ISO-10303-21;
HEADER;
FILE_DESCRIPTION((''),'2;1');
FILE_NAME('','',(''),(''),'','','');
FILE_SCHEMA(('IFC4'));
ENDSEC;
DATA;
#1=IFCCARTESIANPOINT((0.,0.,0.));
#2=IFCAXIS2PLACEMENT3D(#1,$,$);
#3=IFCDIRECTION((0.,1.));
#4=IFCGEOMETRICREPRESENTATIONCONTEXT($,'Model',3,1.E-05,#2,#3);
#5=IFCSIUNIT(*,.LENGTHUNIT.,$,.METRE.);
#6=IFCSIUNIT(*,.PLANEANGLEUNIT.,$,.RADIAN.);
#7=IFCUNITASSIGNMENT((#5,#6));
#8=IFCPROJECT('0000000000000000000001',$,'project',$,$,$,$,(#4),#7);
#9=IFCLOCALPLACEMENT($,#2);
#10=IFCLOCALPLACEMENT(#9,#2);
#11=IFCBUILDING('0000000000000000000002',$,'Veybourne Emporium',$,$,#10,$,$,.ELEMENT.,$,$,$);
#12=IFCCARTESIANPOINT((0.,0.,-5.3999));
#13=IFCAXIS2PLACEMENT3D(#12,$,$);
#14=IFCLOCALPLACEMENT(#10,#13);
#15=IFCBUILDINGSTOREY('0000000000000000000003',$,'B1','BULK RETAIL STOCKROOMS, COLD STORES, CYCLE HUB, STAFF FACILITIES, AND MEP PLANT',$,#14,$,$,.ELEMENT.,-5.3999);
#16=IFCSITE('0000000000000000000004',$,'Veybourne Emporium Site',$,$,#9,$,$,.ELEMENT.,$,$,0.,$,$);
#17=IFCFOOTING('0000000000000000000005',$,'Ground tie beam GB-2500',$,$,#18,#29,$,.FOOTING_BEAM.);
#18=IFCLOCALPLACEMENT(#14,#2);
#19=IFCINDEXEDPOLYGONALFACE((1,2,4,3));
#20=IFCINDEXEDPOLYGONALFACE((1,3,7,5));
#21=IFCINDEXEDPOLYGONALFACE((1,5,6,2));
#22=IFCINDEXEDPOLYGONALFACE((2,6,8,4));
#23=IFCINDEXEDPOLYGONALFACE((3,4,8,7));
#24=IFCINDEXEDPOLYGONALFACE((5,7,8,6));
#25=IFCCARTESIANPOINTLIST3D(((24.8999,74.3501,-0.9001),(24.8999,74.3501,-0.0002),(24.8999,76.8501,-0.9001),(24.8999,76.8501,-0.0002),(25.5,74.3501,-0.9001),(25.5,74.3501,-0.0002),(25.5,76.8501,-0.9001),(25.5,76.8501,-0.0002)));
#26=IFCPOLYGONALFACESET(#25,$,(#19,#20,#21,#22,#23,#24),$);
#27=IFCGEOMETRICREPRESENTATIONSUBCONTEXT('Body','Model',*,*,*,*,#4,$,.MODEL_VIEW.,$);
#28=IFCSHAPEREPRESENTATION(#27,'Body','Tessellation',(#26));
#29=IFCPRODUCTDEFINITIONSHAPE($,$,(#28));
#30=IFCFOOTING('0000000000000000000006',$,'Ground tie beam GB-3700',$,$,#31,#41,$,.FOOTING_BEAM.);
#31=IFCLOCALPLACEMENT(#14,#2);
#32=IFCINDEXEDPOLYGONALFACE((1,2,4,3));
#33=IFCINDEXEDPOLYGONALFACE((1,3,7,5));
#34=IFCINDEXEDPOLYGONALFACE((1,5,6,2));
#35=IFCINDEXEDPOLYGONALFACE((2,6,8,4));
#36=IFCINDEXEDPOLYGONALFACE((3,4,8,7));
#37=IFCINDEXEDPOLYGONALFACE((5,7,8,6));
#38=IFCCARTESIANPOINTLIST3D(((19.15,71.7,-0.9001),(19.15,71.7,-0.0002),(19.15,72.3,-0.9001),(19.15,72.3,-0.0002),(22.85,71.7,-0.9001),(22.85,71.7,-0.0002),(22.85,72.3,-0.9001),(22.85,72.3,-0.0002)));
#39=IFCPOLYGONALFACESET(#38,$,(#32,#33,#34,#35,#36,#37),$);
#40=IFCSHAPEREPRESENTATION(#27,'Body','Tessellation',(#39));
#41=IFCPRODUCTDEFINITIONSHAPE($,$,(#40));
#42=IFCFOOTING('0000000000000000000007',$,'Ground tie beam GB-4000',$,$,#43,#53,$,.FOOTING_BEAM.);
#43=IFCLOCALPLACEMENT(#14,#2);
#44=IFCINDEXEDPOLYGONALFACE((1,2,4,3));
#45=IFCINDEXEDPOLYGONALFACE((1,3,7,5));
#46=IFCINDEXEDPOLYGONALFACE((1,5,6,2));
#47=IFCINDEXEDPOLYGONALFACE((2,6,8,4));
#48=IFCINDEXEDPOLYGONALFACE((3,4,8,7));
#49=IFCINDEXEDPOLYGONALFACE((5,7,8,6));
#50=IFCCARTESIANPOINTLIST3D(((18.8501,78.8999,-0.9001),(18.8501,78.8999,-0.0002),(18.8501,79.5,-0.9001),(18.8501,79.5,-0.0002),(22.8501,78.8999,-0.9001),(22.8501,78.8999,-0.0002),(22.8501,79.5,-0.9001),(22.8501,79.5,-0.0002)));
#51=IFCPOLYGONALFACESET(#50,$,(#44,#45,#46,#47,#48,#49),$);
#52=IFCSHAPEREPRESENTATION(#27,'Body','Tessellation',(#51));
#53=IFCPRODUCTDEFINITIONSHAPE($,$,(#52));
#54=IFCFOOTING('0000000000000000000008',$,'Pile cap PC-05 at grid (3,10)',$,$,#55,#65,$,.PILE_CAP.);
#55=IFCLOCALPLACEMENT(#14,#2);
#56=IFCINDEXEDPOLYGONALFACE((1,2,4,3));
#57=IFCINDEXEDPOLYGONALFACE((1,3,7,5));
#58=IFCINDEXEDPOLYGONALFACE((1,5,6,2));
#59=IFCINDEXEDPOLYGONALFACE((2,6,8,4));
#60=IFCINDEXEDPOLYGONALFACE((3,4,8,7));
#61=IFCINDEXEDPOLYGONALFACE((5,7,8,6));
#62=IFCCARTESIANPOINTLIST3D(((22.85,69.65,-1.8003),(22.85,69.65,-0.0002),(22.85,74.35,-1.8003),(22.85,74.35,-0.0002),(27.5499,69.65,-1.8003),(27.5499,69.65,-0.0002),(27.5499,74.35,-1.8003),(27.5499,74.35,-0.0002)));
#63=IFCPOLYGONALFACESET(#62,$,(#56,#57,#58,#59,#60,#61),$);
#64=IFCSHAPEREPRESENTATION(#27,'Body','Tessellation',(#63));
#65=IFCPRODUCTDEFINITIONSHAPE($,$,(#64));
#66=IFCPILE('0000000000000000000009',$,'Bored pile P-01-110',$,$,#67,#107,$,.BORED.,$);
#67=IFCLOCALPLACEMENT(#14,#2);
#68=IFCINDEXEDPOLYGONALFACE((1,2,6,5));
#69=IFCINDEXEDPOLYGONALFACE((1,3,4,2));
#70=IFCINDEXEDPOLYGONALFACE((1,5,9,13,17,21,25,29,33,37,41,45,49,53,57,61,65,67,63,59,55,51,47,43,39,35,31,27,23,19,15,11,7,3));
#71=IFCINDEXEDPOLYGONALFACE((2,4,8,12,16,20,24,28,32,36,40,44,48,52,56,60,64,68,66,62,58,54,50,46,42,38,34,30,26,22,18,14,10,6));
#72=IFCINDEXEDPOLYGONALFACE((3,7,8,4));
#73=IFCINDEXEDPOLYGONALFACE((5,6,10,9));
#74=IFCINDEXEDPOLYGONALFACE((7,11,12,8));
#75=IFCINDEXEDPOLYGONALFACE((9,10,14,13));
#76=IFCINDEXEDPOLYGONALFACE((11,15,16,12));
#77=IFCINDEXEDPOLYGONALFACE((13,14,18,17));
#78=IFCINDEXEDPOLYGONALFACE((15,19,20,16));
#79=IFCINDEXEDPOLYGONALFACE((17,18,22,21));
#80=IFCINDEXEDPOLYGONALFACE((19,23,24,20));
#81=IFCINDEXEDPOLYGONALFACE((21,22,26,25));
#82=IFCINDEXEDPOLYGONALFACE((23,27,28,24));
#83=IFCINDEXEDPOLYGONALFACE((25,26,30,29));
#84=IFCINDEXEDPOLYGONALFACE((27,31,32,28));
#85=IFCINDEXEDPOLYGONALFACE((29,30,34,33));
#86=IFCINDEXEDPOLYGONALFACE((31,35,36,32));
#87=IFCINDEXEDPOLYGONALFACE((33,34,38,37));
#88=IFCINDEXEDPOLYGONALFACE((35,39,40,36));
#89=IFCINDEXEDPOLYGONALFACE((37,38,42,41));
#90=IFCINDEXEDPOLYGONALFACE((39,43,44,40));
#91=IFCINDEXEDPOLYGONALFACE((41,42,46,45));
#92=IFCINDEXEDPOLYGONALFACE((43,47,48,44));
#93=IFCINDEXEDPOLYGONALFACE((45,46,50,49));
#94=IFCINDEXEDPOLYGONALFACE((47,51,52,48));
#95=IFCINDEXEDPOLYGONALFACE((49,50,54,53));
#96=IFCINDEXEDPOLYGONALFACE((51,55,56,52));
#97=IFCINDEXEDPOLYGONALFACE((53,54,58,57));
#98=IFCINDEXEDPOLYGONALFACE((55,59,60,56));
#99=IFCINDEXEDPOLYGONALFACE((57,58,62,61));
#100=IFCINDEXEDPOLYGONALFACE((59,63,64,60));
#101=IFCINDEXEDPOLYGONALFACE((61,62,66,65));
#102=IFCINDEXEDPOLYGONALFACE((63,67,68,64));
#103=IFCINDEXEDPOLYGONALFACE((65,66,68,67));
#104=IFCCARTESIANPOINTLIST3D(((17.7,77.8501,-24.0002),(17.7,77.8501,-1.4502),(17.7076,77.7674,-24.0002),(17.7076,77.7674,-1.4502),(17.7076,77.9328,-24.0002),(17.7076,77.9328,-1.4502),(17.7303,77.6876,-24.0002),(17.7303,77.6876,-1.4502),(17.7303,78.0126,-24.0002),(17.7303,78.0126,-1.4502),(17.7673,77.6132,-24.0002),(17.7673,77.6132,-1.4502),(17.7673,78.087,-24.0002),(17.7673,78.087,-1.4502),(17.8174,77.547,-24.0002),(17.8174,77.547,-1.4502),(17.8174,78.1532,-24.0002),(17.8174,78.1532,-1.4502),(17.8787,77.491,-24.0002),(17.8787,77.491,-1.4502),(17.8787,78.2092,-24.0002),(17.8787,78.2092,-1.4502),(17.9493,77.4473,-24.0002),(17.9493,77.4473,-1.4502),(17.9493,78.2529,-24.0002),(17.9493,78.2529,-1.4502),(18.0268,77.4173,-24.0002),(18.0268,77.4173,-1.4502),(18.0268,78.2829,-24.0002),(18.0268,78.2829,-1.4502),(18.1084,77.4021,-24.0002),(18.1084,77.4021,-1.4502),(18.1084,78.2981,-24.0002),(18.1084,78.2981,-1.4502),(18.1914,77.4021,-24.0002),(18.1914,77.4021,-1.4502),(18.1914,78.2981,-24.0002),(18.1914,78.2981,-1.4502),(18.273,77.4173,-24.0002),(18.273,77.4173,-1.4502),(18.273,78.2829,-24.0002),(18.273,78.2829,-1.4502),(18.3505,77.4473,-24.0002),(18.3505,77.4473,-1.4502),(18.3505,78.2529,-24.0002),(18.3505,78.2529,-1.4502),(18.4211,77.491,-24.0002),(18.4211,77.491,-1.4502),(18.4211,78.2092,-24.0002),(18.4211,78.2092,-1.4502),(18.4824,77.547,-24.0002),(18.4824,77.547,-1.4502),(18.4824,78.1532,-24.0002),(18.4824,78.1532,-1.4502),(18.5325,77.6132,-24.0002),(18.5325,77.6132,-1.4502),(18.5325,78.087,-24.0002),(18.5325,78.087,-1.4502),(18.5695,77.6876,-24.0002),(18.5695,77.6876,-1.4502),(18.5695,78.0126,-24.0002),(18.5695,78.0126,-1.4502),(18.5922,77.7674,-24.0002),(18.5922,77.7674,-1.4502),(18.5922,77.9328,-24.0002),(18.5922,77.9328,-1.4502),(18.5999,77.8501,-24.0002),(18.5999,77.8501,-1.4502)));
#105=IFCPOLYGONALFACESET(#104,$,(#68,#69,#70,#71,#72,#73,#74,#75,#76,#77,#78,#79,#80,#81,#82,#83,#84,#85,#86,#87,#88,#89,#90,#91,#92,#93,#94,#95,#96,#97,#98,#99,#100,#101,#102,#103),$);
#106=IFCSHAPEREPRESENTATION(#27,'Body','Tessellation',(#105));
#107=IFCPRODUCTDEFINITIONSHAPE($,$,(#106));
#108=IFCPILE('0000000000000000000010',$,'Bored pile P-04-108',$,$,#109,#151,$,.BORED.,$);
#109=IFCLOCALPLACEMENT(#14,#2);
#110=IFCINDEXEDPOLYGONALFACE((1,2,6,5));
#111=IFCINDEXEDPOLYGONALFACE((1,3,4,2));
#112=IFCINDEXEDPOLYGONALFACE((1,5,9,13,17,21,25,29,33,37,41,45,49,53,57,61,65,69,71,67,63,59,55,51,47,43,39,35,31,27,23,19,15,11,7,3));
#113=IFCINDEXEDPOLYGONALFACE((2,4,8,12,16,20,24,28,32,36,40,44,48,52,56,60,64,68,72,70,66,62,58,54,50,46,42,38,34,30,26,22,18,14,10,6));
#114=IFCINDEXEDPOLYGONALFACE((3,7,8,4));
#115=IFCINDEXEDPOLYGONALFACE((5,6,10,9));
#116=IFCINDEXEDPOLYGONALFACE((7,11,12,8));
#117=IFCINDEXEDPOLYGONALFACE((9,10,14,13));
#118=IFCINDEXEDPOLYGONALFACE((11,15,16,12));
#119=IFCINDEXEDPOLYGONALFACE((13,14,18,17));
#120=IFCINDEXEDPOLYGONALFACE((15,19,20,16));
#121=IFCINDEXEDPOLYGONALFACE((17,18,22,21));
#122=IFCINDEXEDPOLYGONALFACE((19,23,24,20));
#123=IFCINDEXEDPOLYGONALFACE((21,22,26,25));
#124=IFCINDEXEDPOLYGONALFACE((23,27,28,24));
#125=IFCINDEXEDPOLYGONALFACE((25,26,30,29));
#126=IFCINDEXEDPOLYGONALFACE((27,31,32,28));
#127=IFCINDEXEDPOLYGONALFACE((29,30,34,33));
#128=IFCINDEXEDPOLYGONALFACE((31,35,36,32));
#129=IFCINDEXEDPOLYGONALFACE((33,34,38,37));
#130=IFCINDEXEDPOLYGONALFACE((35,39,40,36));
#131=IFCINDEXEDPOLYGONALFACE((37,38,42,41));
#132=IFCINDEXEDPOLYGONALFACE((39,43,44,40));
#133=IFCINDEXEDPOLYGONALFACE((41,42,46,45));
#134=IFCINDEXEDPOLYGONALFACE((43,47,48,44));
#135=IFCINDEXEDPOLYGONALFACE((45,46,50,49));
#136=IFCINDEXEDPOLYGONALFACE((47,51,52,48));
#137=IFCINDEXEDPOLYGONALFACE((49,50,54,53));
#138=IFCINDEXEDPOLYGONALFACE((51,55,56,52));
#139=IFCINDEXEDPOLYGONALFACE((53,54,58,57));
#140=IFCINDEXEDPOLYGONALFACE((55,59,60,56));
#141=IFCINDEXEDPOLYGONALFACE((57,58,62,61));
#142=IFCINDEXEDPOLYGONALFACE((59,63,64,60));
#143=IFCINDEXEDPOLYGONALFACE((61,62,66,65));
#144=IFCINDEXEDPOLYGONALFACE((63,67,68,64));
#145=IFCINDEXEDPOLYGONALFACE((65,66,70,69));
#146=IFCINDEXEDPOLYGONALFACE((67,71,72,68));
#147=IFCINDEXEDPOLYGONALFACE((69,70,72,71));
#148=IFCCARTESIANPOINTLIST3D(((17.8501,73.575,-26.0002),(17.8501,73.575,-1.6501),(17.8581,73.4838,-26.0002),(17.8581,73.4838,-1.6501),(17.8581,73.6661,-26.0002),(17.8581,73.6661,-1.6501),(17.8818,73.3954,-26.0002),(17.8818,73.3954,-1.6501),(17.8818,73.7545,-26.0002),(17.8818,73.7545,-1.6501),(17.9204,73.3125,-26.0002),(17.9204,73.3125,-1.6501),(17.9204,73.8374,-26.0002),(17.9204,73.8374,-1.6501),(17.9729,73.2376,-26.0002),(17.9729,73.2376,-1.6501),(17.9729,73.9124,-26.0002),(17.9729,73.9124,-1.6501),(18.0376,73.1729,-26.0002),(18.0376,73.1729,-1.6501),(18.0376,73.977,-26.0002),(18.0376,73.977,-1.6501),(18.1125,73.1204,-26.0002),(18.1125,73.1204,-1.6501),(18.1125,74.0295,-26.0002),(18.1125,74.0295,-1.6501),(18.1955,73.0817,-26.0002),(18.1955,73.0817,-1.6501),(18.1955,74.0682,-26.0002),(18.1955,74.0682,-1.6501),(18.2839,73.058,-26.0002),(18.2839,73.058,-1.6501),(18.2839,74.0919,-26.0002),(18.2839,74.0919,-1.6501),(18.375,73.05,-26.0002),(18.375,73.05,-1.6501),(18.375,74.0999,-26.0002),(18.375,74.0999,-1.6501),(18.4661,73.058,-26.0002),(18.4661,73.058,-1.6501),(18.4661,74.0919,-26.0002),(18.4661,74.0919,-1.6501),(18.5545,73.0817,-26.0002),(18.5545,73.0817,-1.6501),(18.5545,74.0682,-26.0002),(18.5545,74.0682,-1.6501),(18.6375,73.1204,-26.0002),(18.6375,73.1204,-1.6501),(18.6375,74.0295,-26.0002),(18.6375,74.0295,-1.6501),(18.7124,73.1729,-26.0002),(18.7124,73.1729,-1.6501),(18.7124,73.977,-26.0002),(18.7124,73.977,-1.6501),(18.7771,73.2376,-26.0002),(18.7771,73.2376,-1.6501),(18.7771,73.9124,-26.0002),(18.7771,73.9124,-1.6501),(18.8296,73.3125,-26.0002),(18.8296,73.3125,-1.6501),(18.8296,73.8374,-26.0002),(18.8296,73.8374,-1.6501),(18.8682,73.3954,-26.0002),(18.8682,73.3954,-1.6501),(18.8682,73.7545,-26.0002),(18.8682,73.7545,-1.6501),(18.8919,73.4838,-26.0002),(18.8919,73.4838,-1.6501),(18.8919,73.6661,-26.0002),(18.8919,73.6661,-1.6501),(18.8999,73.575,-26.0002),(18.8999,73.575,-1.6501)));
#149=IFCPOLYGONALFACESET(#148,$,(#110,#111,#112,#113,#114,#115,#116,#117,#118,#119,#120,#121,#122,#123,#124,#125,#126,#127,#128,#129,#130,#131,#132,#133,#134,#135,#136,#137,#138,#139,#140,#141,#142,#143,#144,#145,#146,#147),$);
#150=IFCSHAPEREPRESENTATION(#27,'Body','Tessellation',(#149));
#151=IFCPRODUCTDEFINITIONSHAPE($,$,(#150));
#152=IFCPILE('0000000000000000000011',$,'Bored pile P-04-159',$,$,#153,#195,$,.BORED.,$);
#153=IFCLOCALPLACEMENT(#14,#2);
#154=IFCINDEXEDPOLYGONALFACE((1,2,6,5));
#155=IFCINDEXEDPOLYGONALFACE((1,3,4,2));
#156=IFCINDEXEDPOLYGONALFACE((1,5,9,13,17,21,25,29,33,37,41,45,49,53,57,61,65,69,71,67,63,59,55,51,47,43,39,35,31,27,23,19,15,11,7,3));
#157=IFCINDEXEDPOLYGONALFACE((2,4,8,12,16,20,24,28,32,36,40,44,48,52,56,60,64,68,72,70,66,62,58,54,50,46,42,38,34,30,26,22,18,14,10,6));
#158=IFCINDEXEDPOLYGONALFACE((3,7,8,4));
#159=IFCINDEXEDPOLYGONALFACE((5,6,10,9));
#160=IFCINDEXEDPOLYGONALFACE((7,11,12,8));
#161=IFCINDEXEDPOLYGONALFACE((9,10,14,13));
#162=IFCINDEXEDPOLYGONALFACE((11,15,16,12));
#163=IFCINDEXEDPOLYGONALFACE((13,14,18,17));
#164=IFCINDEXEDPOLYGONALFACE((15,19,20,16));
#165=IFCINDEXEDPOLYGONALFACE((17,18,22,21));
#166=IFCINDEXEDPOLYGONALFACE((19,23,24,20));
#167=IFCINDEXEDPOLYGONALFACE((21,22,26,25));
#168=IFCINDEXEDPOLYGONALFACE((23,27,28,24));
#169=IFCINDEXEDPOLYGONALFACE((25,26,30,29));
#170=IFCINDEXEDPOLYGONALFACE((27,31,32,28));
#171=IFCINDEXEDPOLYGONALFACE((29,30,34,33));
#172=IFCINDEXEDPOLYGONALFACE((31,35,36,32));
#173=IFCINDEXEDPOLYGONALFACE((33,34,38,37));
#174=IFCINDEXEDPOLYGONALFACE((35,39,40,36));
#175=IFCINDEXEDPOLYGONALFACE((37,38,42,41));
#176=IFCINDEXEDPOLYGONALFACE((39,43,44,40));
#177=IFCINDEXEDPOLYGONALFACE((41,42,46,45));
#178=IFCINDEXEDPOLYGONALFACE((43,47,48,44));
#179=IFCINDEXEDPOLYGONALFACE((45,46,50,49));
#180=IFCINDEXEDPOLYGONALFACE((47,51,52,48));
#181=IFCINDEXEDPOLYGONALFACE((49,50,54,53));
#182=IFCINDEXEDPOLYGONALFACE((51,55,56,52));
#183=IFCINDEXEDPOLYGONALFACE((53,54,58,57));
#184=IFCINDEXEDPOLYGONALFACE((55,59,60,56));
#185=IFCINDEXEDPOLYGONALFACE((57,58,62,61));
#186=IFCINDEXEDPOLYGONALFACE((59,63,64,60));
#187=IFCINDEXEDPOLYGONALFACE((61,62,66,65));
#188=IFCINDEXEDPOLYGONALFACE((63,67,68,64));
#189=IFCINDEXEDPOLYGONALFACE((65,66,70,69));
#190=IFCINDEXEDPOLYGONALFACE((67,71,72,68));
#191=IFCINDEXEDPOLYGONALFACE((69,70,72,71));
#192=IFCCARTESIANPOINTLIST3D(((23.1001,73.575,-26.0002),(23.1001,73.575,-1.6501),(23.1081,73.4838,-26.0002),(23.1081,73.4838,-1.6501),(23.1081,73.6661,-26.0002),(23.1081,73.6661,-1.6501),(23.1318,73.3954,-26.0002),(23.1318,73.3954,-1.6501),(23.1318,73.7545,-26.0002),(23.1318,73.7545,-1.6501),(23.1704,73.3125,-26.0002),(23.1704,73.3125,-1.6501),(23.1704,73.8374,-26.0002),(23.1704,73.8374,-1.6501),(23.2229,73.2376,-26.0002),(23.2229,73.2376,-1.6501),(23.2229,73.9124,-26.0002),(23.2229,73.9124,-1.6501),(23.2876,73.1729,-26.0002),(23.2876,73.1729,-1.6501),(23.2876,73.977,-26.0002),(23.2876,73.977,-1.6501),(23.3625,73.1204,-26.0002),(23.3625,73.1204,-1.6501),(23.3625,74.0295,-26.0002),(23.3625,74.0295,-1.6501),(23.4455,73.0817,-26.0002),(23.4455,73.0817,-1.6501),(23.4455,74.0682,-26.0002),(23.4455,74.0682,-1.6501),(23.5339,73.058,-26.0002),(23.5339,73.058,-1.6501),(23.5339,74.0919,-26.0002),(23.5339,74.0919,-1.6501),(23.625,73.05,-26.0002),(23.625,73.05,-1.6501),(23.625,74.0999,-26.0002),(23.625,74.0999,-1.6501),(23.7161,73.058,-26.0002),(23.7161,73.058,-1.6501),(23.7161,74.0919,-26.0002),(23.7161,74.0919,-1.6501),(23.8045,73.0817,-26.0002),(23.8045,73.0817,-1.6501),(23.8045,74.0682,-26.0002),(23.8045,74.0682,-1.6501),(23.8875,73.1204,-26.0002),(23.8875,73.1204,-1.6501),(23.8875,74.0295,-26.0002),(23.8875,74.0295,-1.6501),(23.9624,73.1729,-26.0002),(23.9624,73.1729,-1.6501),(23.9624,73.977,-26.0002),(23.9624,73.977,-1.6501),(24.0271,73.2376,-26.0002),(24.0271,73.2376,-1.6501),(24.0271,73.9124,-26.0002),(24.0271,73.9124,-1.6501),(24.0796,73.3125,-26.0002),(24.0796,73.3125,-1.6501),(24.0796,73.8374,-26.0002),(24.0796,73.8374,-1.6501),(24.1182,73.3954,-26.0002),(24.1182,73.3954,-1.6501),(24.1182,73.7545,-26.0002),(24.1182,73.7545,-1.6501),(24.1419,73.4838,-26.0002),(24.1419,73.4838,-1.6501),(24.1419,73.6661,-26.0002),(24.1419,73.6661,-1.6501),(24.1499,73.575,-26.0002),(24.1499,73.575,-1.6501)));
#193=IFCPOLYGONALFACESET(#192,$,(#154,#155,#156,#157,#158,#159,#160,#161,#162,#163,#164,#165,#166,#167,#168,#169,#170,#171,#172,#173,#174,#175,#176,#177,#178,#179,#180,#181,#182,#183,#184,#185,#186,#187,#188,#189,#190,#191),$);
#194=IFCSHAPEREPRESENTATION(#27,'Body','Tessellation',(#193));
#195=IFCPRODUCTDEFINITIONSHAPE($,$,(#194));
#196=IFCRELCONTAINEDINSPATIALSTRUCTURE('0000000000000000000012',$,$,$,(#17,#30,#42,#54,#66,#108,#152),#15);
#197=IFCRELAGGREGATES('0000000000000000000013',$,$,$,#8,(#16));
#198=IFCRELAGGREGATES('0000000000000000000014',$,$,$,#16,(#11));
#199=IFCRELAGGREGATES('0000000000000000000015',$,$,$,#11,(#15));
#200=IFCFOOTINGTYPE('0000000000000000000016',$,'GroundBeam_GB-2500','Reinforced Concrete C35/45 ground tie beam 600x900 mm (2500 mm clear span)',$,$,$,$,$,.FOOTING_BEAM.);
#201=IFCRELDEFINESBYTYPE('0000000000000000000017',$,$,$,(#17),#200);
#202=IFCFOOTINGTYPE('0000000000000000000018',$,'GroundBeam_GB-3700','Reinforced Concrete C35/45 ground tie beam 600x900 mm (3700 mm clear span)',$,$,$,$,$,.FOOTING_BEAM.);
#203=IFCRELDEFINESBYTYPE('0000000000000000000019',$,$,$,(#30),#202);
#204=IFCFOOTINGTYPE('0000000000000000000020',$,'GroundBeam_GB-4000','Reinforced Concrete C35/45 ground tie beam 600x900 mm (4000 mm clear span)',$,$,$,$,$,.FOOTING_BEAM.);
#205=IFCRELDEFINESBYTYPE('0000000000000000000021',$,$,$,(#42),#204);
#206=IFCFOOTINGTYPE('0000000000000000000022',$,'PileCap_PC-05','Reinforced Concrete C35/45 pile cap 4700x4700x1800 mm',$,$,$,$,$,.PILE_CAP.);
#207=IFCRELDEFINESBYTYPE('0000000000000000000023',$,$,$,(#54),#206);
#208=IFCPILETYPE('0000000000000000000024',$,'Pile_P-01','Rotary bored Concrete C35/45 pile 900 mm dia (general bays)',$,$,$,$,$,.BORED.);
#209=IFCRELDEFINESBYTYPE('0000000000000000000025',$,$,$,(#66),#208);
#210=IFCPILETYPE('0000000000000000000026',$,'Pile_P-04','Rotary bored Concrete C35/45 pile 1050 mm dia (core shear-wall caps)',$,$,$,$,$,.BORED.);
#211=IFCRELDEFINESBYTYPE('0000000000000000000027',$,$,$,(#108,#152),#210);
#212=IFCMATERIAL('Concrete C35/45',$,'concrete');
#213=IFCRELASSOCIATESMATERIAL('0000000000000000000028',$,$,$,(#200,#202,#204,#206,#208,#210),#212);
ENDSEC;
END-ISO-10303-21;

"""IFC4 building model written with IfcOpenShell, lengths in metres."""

from ifc_helpers import new_model, si_unit, direction, frame, origin, origin_2d, place, context, subcontext, project, spatial, rectangle, circle, extrude, material, material_profile, profile_set, type_object, element, save


model = new_model("IFC4")

# Units and contexts
model_context = context("Model", 3, precision=1e-05, world=origin(), true_north=direction((0.0, 1.0)))
body_context = subcontext(model_context, "Body", "Model", "MODEL_VIEW")
ifc_project = project(units=[si_unit("LENGTHUNIT", "METRE"), si_unit("PLANEANGLEUNIT", "RADIAN")], contexts=[model_context])

# Site, building, storey
site_placement = place(None, origin())
site = spatial("IfcSite", under=ifc_project, at=site_placement, Name="Veybourne Emporium Site", CompositionType="ELEMENT", RefElevation=0.0)
building_placement = place(site_placement, origin())
building = spatial("IfcBuilding", under=site, at=building_placement, Name="Veybourne Emporium", CompositionType="ELEMENT")
storey_placement = place(building_placement, frame((0.0, 0.0, -5.3999)))
storey = spatial("IfcBuildingStorey", under=building, at=storey_placement, Name="B1", Description="BULK RETAIL STOCKROOMS, COLD STORES, CYCLE HUB, STAFF FACILITIES, AND MEP PLANT", CompositionType="ELEMENT", Elevation=-5.3999)

# Footings
ifc_material_1 = material(Name="Concrete C35/45", Category="concrete")
footing_type_1 = type_object("IfcFootingType", Name="GroundBeam_GB-2500", Description="Reinforced Concrete C35/45 ground tie beam 600x900 mm (2500 mm clear span)", PredefinedType="FOOTING_BEAM", material=ifc_material_1)
footing_1_placement = place(storey_placement, frame((25.2, 75.6001, -0.9001), z_axis=(0.0, 0.0, 1.0), x_axis=(0.0, 1.0, 0.0)))
element("IfcFooting", 1, at=footing_1_placement, inside=storey, type_object=footing_type_1, Name="Ground tie beam GB-2500", PredefinedType="FOOTING_BEAM", context=body_context, shape_type="SweptSolid", body=[
    extrude(rectangle(XDim=2.5, YDim=0.6001, at=origin_2d()), origin(), (0.0, 0.0, 1.0), 0.8999),
])
footing_type_2 = type_object("IfcFootingType", Name="GroundBeam_GB-3700", Description="Reinforced Concrete C35/45 ground tie beam 600x900 mm (3700 mm clear span)", PredefinedType="FOOTING_BEAM", material=ifc_material_1)
footing_2_placement = place(storey_placement, frame((21.0, 72.0, -0.9001), z_axis=(0.0, 0.0, 1.0), x_axis=(1.0, 0.0, 0.0)))
element("IfcFooting", 2, at=footing_2_placement, inside=storey, type_object=footing_type_2, Name="Ground tie beam GB-3700", PredefinedType="FOOTING_BEAM", context=body_context, shape_type="SweptSolid", body=[
    extrude(rectangle(XDim=3.7, YDim=0.6001, at=origin_2d()), origin(), (0.0, 0.0, 1.0), 0.8999),
])
footing_type_3 = type_object("IfcFootingType", Name="GroundBeam_GB-4000", Description="Reinforced Concrete C35/45 ground tie beam 600x900 mm (4000 mm clear span)", PredefinedType="FOOTING_BEAM", material=ifc_material_1)
footing_3_placement = place(storey_placement, frame((20.8501, 79.2, -0.9001), z_axis=(0.0, 0.0, 1.0), x_axis=(1.0, 0.0, 0.0)))
element("IfcFooting", 3, at=footing_3_placement, inside=storey, type_object=footing_type_3, Name="Ground tie beam GB-4000", PredefinedType="FOOTING_BEAM", context=body_context, shape_type="SweptSolid", body=[
    extrude(rectangle(XDim=4.0, YDim=0.6001, at=origin_2d()), origin(), (0.0, 0.0, 1.0), 0.8999),
])
footing_type_4 = type_object("IfcFootingType", Name="PileCap_PC-05", Description="Reinforced Concrete C35/45 pile cap 4700x4700x1800 mm", PredefinedType="PILE_CAP", material=ifc_material_1)
footing_4_placement = place(storey_placement, frame((25.2, 72.0, -1.8003), z_axis=(0.0, 0.0, 1.0), x_axis=(1.0, 0.0, 0.0)))
element("IfcFooting", 4, at=footing_4_placement, inside=storey, type_object=footing_type_4, Name="Pile cap PC-05 at grid (3,10)", PredefinedType="PILE_CAP", context=body_context, shape_type="SweptSolid", body=[
    extrude(rectangle(XDim=4.7, YDim=4.7, at=origin_2d()), origin(), (0.0, 0.0, 1.0), 1.8),
])

# Piles
ifc_material_profile_1 = material_profile(ifc_material_1, circle(Radius=0.45, at=origin_2d()), Name="BORED PILE 900")
ifc_profile_set_1 = profile_set([ifc_material_profile_1], Name="Concrete C35/45")
pile_type_1 = type_object("IfcPileType", Name="Pile_P-01", Description="Rotary bored Concrete C35/45 pile 900 mm dia (general bays)", PredefinedType="BORED", material=ifc_profile_set_1)
pile_placement = place(storey_placement, frame((18.1499, 77.8501, -1.4502), z_axis=(0.0, 0.0, -1.0), x_axis=(1.0, 0.0, 0.0)))
element("IfcPile", 5, at=pile_placement, inside=storey, type_object=pile_type_1, Name="Bored pile P-01-110", PredefinedType="BORED", context=body_context, shape_type="SweptSolid", body=[
    extrude(circle(Radius=0.45, at=origin_2d()), origin(), (0.0, 0.0, 1.0), 22.55),
])
ifc_material_profile_2 = material_profile(ifc_material_1, circle(Radius=0.5249, at=origin_2d()), Name="BORED PILE 1050")
ifc_profile_set_2 = profile_set([ifc_material_profile_2], Name="Concrete C35/45")
pile_type_2 = type_object("IfcPileType", Name="Pile_P-04", Description="Rotary bored Concrete C35/45 pile 1050 mm dia (core shear-wall caps)", PredefinedType="BORED", material=ifc_profile_set_2)
for number, where, z_axis, x_axis, name in (
    (6, (18.375, 73.575, -1.6501), (0.0, 0.0, -1.0), (1.0, 0.0, 0.0), "Bored pile P-04-108"),
    (7, (23.625, 73.575, -1.6501), (0.0, 0.0, -1.0), (1.0, 0.0, 0.0), "Bored pile P-04-159"),
):
    element("IfcPile", number, at=place(storey_placement, frame(where, z_axis=z_axis, x_axis=x_axis)), inside=storey, type_object=pile_type_2, Name=name, PredefinedType="BORED", context=body_context, shape_type="SweptSolid", body=[
        extrude(circle(Radius=0.5249, at=origin_2d()), origin(), (0.0, 0.0, 1.0), 24.3501),
    ])

save(model, "model.ifc")
